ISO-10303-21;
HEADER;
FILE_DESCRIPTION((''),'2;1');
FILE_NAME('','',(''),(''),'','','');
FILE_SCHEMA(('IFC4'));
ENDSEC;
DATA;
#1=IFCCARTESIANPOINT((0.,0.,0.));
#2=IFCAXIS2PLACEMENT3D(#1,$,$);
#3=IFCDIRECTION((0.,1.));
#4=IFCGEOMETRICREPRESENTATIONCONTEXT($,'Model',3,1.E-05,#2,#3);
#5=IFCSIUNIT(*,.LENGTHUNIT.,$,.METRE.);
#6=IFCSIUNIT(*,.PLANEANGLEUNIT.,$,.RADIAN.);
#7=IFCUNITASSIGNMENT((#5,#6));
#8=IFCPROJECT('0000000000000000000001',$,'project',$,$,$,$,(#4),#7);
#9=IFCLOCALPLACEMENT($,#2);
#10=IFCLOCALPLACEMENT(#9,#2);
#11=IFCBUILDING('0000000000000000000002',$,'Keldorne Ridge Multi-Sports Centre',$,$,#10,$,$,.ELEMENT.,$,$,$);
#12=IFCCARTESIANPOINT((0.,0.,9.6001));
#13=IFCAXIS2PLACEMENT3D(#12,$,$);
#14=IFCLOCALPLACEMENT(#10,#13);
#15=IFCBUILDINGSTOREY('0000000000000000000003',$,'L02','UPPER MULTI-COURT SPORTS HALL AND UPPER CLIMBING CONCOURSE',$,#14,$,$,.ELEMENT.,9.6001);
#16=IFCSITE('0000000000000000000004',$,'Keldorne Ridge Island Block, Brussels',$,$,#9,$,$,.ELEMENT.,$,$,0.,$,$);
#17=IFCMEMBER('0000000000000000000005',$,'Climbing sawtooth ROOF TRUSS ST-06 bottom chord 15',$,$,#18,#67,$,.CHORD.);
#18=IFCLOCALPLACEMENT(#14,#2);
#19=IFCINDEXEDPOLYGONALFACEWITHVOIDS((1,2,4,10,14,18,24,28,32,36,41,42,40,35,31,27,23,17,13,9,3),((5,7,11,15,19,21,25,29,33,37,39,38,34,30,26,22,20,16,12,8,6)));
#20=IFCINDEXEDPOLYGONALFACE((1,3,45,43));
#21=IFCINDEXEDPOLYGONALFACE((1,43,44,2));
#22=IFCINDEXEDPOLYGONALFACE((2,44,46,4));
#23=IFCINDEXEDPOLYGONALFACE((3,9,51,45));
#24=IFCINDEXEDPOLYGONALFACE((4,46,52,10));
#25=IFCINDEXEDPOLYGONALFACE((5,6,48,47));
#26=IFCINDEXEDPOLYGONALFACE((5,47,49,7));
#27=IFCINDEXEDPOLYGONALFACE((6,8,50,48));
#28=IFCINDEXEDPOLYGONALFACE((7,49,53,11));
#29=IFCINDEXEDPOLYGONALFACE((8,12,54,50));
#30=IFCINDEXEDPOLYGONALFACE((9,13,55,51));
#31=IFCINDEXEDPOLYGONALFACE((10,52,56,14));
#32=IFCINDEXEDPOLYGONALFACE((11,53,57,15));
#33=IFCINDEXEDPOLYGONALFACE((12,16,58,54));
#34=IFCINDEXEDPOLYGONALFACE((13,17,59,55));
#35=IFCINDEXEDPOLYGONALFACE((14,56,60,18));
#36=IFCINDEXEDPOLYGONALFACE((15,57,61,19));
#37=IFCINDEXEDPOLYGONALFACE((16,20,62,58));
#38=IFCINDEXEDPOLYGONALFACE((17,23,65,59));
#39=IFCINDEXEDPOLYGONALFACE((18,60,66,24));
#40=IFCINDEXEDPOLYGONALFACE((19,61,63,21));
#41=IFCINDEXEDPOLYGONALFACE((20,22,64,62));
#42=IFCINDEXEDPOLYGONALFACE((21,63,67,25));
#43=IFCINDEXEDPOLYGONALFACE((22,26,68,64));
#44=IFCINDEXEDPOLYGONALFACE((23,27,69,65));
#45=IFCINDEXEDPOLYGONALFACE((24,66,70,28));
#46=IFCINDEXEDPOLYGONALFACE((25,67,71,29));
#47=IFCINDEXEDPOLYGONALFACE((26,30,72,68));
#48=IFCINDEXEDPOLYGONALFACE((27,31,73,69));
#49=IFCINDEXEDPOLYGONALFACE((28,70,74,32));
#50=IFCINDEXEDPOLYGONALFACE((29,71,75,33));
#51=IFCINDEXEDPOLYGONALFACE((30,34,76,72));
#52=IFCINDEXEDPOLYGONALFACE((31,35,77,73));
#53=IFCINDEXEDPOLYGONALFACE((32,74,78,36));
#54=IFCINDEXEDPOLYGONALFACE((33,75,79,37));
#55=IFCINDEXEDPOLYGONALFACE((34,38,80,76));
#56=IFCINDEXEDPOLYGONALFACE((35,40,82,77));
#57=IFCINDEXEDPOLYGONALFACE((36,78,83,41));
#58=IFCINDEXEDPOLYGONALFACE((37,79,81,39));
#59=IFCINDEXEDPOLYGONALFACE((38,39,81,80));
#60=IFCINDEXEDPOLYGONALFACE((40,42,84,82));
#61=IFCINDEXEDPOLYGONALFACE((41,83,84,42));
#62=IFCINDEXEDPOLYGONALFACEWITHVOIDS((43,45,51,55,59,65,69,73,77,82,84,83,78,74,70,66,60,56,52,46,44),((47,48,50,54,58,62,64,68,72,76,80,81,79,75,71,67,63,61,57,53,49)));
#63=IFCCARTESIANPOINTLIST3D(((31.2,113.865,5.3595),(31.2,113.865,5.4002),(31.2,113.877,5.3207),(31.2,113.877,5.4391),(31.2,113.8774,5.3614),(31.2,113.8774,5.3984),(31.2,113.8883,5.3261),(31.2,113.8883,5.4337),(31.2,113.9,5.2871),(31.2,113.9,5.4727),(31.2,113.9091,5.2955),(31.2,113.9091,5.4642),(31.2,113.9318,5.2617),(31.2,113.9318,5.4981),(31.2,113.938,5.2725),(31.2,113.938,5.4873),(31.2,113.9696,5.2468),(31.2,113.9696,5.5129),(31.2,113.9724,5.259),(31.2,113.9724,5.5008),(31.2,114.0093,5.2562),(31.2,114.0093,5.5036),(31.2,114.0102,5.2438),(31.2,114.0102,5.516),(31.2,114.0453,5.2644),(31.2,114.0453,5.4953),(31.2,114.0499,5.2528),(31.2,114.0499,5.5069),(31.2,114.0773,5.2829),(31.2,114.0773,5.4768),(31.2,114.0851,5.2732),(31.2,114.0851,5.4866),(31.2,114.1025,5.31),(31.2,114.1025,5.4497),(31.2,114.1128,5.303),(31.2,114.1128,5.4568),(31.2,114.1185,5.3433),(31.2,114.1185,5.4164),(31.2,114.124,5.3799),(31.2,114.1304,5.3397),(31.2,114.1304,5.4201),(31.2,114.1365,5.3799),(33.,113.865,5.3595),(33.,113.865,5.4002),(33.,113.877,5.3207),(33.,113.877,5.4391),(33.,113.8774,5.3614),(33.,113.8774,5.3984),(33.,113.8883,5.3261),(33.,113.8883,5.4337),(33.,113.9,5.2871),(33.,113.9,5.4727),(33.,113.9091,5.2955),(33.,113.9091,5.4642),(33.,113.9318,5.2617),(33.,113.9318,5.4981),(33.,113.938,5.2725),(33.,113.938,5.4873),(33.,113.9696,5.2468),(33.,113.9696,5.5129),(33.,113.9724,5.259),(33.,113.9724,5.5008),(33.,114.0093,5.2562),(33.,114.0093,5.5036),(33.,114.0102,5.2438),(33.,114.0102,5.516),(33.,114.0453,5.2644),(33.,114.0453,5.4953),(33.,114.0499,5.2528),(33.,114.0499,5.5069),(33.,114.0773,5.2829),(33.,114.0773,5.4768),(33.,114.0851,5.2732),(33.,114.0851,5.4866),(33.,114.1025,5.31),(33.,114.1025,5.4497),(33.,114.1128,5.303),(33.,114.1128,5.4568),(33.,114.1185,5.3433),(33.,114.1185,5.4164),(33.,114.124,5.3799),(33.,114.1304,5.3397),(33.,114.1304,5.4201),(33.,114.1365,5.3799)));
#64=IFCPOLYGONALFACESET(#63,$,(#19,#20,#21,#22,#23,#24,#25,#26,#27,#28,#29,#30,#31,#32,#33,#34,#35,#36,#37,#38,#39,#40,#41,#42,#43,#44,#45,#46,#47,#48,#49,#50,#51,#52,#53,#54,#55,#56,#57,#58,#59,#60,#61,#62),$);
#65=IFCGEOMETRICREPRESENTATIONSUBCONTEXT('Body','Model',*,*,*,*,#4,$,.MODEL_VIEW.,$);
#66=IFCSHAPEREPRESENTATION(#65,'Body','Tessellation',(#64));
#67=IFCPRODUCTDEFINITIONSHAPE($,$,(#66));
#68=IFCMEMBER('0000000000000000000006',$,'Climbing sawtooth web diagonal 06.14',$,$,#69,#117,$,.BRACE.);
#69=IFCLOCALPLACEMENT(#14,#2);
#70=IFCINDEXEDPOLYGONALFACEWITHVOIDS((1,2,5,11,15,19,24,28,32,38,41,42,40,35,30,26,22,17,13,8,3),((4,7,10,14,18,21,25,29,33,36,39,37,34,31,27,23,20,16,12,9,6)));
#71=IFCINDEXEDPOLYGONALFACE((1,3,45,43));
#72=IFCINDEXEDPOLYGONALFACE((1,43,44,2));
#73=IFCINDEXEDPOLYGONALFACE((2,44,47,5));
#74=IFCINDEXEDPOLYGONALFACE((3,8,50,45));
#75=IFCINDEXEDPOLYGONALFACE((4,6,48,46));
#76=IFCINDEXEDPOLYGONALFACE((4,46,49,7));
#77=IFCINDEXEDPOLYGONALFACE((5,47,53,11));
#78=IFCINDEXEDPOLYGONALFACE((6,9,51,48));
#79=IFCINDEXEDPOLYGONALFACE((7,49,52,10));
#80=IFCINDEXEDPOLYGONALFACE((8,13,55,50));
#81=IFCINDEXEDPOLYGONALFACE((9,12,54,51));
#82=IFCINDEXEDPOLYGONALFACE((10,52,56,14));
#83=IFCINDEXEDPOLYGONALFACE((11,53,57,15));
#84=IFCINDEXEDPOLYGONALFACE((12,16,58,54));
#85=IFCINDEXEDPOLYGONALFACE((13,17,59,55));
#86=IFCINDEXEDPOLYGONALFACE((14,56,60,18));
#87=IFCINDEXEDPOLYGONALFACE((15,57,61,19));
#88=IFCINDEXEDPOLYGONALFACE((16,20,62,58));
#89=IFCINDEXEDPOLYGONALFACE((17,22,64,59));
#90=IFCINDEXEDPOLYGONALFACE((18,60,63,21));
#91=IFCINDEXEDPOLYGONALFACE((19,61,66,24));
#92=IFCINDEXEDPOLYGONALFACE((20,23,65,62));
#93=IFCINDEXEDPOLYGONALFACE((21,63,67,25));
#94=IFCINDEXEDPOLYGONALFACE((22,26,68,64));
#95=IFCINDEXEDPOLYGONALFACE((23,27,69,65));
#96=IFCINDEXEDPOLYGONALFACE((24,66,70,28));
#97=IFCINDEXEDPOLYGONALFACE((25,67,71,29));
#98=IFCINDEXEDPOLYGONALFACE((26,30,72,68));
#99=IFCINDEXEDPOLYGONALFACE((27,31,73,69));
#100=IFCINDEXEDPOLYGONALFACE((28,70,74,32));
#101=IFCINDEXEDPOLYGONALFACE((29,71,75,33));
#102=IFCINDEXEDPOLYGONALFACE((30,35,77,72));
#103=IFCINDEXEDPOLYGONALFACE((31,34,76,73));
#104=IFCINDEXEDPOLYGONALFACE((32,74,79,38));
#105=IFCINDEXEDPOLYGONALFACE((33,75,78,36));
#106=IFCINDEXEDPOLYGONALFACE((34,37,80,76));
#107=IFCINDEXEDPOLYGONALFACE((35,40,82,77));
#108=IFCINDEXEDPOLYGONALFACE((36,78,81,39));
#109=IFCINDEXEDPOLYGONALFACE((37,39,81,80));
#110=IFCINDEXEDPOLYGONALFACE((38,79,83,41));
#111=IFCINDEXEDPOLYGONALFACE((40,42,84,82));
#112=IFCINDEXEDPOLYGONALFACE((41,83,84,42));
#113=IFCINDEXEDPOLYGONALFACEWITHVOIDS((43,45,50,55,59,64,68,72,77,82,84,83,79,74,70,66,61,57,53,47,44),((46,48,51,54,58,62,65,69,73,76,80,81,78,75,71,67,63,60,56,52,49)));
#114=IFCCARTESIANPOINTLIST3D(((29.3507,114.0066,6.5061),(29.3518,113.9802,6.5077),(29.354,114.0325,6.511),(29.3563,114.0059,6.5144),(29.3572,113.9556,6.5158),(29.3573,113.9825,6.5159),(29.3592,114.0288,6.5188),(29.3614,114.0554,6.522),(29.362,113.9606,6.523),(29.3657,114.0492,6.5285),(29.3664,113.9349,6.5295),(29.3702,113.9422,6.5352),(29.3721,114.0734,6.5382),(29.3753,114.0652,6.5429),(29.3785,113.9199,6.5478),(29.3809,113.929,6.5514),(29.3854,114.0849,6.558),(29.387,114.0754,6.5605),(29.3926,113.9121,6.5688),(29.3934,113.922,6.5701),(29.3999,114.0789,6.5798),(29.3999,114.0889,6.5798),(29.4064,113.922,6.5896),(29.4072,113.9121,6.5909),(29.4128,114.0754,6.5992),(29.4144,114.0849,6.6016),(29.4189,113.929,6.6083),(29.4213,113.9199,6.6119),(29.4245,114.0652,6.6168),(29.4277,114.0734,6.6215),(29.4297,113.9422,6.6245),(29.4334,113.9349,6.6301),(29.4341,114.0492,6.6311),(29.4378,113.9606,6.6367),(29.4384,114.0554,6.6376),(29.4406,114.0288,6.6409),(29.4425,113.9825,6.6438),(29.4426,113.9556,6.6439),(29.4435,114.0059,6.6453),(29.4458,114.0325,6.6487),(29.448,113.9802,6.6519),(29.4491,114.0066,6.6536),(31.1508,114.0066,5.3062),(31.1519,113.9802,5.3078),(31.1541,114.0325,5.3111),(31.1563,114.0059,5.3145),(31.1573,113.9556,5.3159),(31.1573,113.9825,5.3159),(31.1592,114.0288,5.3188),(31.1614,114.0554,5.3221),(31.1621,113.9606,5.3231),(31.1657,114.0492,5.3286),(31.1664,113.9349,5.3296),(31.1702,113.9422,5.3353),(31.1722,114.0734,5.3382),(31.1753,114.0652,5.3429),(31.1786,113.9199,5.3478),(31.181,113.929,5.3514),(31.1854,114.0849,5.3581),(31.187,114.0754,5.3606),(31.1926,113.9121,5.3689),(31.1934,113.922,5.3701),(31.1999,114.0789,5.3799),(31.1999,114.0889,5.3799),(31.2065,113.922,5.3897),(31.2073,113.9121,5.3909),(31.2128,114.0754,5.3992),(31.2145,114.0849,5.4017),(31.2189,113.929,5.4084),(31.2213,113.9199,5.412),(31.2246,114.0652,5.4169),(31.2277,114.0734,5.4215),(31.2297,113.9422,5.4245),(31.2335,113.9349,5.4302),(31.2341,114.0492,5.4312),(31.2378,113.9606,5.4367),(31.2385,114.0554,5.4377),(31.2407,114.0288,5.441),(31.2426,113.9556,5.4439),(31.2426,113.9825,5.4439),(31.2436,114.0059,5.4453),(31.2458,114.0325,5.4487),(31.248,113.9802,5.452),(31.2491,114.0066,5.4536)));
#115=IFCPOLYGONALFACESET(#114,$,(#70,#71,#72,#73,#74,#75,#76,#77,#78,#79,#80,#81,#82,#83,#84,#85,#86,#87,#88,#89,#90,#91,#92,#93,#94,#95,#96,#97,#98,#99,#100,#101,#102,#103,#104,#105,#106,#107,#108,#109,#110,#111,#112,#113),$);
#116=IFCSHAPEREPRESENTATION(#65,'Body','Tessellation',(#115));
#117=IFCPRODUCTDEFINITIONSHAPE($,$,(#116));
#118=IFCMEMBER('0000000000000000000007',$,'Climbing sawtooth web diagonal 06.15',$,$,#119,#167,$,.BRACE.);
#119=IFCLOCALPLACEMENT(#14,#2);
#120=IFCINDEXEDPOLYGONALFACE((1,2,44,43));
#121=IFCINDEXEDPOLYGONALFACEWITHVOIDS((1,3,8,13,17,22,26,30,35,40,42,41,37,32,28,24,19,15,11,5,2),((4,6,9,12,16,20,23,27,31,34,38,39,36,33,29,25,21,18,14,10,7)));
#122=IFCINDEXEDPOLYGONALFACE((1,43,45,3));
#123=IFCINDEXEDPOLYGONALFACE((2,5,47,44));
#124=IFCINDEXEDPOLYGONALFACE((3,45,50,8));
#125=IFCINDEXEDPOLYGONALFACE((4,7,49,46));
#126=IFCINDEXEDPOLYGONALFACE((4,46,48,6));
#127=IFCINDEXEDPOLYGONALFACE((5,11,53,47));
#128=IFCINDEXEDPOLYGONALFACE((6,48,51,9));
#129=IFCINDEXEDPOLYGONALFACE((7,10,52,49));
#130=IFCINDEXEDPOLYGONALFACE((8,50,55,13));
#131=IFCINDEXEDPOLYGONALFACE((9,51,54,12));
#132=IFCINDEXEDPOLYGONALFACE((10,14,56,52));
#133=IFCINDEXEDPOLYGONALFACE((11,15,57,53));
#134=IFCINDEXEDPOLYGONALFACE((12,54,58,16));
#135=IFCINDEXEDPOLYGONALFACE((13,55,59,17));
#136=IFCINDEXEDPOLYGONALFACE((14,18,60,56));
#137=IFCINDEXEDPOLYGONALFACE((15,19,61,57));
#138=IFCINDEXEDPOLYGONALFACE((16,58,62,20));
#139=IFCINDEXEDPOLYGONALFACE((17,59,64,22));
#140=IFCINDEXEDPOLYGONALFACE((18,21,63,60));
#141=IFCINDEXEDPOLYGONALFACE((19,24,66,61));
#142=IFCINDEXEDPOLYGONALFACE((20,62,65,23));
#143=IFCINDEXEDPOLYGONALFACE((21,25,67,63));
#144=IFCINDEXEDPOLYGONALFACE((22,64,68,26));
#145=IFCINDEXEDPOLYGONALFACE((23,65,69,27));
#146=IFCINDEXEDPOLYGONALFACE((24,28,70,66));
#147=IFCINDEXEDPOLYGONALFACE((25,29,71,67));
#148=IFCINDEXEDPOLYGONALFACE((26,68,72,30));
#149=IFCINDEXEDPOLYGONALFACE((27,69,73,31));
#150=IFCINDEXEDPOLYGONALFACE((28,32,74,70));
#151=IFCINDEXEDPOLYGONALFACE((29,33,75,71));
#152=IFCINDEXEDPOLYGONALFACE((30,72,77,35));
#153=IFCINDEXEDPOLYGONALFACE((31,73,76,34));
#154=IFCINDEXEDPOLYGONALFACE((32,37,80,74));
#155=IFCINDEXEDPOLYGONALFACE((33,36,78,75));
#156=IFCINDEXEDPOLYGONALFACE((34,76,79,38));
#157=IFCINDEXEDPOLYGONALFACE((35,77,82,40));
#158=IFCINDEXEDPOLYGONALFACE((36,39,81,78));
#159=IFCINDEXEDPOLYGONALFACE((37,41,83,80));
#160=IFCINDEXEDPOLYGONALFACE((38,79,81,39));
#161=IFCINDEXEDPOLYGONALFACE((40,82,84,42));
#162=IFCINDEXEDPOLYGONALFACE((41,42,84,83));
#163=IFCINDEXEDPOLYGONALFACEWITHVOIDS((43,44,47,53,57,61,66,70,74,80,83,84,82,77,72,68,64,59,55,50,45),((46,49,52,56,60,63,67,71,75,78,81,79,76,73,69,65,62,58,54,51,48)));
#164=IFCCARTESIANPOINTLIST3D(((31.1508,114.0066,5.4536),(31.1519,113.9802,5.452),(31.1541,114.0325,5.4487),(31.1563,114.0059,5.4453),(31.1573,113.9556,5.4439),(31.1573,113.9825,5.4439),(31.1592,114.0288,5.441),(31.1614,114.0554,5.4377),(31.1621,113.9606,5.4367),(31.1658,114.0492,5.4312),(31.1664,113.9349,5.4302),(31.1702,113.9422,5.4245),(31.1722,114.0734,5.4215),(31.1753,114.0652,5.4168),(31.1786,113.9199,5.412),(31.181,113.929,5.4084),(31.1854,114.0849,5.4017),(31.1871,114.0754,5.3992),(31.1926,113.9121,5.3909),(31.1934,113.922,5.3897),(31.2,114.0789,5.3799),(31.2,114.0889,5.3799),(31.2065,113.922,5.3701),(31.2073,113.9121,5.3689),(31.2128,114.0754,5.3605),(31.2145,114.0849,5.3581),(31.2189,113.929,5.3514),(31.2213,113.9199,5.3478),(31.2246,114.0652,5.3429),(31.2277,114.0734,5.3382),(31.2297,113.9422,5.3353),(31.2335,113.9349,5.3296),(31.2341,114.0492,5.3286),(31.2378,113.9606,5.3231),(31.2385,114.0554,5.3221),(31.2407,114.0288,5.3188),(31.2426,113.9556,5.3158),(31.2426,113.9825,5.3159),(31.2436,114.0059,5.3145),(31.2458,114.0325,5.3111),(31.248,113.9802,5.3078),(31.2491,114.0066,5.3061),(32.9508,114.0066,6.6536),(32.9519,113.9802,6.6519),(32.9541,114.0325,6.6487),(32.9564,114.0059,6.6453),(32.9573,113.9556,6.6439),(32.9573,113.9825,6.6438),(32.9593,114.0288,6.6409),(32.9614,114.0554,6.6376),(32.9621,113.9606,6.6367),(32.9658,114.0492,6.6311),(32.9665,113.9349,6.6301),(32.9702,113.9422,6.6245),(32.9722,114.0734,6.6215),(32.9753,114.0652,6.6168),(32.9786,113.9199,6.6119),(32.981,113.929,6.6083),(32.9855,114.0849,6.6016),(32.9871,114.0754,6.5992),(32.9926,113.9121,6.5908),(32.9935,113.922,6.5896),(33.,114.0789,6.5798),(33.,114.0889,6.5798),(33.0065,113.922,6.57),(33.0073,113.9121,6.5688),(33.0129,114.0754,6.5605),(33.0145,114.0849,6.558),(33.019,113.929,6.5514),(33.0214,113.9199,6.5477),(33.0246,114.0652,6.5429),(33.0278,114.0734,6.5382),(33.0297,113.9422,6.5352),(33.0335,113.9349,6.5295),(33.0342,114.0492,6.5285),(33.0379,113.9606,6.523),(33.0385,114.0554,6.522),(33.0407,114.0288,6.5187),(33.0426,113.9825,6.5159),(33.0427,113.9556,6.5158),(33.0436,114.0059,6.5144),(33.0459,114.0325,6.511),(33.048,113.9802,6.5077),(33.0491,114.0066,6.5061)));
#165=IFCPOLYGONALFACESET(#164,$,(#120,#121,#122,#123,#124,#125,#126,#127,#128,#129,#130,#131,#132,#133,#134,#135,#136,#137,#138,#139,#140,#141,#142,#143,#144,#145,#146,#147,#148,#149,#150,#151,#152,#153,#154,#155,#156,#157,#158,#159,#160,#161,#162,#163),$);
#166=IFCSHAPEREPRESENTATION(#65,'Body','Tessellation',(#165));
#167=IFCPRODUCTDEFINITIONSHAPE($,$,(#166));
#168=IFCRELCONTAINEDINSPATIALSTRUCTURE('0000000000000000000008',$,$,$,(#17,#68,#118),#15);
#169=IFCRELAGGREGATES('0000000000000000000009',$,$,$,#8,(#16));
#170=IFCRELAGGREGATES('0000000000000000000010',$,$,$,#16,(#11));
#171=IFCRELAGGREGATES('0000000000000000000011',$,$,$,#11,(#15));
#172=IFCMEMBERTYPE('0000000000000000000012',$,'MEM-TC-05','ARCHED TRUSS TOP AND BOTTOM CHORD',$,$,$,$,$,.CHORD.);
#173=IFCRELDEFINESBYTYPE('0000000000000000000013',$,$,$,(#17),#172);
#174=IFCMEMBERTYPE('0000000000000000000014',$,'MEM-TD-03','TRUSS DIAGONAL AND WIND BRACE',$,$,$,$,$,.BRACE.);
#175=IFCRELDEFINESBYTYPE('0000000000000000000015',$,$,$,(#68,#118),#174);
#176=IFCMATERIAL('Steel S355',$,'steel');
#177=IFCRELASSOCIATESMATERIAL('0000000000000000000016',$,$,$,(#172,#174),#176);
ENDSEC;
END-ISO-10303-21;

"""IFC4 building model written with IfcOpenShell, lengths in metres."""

from ifc_helpers import new_model, si_unit, direction, frame, origin, origin_2d, place, context, subcontext, project, spatial, hollow_circle, extrude, material, material_profile, profile_set, type_object, element, save


model = new_model("IFC4")

# Units and contexts
model_context = context("Model", 3, precision=1e-05, world=origin(), true_north=direction((0.0, 1.0)))
body_context = subcontext(model_context, "Body", "Model", "MODEL_VIEW")
ifc_project = project(units=[si_unit("LENGTHUNIT", "METRE"), si_unit("PLANEANGLEUNIT", "RADIAN")], contexts=[model_context])

# Site, building, storey
site_placement = place(None, origin())
site = spatial("IfcSite", under=ifc_project, at=site_placement, Name="Keldorne Ridge Island Block, Brussels", CompositionType="ELEMENT", RefElevation=0.0)
building_placement = place(site_placement, origin())
building = spatial("IfcBuilding", under=site, at=building_placement, Name="Keldorne Ridge Multi-Sports Centre", CompositionType="ELEMENT")
storey_placement = place(building_placement, frame((0.0, 0.0, 9.6001)))
storey = spatial("IfcBuildingStorey", under=building, at=storey_placement, Name="L02", Description="UPPER MULTI-COURT SPORTS HALL AND UPPER CLIMBING CONCOURSE", CompositionType="ELEMENT", Elevation=9.6001)

# Shared definitions
ifc_material_1 = material(Name="Steel S355", Category="steel")

# Members
ifc_material_profile_1 = material_profile(ifc_material_1, hollow_circle(Radius=0.1365, WallThickness=0.0125, at=origin_2d()), Name="CHS 273x12.5")
ifc_profile_set_1 = profile_set([ifc_material_profile_1], Name="Steel S355")
member_type_1 = type_object("IfcMemberType", Name="MEM-TC-05", Description="ARCHED TRUSS TOP AND BOTTOM CHORD", PredefinedType="CHORD", material=ifc_profile_set_1)
for number, where, z_axis, x_axis, name in (
    (1, (31.2, 114.0, 5.3799), (1.0, 0.0, 0.0), (0.0, 1.0, 0.0), "Climbing sawtooth ROOF TRUSS ST-06 bottom chord 15"),
):
    element("IfcMember", number, at=place(storey_placement, frame(where, z_axis=z_axis, x_axis=x_axis)), inside=storey, type_object=member_type_1, Name=name, PredefinedType="CHORD", context=body_context, shape_type="SweptSolid", body=[
        extrude(hollow_circle(Radius=0.1365, WallThickness=0.0125, at=origin_2d()), origin(), (0.0, 0.0, 1.0), 1.8),
    ])
ifc_material_profile_2 = material_profile(ifc_material_1, hollow_circle(Radius=0.0889, WallThickness=0.01, at=origin_2d()), Name="CHS 177.8x10")
ifc_profile_set_2 = profile_set([ifc_material_profile_2], Name="Steel S355")
member_type_2 = type_object("IfcMemberType", Name="MEM-TD-03", Description="TRUSS DIAGONAL AND WIND BRACE", PredefinedType="BRACE", material=ifc_profile_set_2)
for number, where, z_axis, x_axis, name in (
    (2, (29.3999, 114.0, 6.5798), (0.832068, 0.0, -0.554674), (0.0, 1.0, 0.0), "Climbing sawtooth web diagonal 06.14"),
    (3, (31.2, 114.0, 5.3799), (0.832068, 0.0, 0.554674), (0.0, 1.0, 0.0), "Climbing sawtooth web diagonal 06.15"),
):
    element("IfcMember", number, at=place(storey_placement, frame(where, z_axis=z_axis, x_axis=x_axis)), inside=storey, type_object=member_type_2, Name=name, PredefinedType="BRACE", context=body_context, shape_type="SweptSolid", body=[
        extrude(hollow_circle(Radius=0.0889, WallThickness=0.01, at=origin_2d()), origin(), (0.0, 0.0, 1.0), 2.1633),
    ])

save(model, "model.ifc")
